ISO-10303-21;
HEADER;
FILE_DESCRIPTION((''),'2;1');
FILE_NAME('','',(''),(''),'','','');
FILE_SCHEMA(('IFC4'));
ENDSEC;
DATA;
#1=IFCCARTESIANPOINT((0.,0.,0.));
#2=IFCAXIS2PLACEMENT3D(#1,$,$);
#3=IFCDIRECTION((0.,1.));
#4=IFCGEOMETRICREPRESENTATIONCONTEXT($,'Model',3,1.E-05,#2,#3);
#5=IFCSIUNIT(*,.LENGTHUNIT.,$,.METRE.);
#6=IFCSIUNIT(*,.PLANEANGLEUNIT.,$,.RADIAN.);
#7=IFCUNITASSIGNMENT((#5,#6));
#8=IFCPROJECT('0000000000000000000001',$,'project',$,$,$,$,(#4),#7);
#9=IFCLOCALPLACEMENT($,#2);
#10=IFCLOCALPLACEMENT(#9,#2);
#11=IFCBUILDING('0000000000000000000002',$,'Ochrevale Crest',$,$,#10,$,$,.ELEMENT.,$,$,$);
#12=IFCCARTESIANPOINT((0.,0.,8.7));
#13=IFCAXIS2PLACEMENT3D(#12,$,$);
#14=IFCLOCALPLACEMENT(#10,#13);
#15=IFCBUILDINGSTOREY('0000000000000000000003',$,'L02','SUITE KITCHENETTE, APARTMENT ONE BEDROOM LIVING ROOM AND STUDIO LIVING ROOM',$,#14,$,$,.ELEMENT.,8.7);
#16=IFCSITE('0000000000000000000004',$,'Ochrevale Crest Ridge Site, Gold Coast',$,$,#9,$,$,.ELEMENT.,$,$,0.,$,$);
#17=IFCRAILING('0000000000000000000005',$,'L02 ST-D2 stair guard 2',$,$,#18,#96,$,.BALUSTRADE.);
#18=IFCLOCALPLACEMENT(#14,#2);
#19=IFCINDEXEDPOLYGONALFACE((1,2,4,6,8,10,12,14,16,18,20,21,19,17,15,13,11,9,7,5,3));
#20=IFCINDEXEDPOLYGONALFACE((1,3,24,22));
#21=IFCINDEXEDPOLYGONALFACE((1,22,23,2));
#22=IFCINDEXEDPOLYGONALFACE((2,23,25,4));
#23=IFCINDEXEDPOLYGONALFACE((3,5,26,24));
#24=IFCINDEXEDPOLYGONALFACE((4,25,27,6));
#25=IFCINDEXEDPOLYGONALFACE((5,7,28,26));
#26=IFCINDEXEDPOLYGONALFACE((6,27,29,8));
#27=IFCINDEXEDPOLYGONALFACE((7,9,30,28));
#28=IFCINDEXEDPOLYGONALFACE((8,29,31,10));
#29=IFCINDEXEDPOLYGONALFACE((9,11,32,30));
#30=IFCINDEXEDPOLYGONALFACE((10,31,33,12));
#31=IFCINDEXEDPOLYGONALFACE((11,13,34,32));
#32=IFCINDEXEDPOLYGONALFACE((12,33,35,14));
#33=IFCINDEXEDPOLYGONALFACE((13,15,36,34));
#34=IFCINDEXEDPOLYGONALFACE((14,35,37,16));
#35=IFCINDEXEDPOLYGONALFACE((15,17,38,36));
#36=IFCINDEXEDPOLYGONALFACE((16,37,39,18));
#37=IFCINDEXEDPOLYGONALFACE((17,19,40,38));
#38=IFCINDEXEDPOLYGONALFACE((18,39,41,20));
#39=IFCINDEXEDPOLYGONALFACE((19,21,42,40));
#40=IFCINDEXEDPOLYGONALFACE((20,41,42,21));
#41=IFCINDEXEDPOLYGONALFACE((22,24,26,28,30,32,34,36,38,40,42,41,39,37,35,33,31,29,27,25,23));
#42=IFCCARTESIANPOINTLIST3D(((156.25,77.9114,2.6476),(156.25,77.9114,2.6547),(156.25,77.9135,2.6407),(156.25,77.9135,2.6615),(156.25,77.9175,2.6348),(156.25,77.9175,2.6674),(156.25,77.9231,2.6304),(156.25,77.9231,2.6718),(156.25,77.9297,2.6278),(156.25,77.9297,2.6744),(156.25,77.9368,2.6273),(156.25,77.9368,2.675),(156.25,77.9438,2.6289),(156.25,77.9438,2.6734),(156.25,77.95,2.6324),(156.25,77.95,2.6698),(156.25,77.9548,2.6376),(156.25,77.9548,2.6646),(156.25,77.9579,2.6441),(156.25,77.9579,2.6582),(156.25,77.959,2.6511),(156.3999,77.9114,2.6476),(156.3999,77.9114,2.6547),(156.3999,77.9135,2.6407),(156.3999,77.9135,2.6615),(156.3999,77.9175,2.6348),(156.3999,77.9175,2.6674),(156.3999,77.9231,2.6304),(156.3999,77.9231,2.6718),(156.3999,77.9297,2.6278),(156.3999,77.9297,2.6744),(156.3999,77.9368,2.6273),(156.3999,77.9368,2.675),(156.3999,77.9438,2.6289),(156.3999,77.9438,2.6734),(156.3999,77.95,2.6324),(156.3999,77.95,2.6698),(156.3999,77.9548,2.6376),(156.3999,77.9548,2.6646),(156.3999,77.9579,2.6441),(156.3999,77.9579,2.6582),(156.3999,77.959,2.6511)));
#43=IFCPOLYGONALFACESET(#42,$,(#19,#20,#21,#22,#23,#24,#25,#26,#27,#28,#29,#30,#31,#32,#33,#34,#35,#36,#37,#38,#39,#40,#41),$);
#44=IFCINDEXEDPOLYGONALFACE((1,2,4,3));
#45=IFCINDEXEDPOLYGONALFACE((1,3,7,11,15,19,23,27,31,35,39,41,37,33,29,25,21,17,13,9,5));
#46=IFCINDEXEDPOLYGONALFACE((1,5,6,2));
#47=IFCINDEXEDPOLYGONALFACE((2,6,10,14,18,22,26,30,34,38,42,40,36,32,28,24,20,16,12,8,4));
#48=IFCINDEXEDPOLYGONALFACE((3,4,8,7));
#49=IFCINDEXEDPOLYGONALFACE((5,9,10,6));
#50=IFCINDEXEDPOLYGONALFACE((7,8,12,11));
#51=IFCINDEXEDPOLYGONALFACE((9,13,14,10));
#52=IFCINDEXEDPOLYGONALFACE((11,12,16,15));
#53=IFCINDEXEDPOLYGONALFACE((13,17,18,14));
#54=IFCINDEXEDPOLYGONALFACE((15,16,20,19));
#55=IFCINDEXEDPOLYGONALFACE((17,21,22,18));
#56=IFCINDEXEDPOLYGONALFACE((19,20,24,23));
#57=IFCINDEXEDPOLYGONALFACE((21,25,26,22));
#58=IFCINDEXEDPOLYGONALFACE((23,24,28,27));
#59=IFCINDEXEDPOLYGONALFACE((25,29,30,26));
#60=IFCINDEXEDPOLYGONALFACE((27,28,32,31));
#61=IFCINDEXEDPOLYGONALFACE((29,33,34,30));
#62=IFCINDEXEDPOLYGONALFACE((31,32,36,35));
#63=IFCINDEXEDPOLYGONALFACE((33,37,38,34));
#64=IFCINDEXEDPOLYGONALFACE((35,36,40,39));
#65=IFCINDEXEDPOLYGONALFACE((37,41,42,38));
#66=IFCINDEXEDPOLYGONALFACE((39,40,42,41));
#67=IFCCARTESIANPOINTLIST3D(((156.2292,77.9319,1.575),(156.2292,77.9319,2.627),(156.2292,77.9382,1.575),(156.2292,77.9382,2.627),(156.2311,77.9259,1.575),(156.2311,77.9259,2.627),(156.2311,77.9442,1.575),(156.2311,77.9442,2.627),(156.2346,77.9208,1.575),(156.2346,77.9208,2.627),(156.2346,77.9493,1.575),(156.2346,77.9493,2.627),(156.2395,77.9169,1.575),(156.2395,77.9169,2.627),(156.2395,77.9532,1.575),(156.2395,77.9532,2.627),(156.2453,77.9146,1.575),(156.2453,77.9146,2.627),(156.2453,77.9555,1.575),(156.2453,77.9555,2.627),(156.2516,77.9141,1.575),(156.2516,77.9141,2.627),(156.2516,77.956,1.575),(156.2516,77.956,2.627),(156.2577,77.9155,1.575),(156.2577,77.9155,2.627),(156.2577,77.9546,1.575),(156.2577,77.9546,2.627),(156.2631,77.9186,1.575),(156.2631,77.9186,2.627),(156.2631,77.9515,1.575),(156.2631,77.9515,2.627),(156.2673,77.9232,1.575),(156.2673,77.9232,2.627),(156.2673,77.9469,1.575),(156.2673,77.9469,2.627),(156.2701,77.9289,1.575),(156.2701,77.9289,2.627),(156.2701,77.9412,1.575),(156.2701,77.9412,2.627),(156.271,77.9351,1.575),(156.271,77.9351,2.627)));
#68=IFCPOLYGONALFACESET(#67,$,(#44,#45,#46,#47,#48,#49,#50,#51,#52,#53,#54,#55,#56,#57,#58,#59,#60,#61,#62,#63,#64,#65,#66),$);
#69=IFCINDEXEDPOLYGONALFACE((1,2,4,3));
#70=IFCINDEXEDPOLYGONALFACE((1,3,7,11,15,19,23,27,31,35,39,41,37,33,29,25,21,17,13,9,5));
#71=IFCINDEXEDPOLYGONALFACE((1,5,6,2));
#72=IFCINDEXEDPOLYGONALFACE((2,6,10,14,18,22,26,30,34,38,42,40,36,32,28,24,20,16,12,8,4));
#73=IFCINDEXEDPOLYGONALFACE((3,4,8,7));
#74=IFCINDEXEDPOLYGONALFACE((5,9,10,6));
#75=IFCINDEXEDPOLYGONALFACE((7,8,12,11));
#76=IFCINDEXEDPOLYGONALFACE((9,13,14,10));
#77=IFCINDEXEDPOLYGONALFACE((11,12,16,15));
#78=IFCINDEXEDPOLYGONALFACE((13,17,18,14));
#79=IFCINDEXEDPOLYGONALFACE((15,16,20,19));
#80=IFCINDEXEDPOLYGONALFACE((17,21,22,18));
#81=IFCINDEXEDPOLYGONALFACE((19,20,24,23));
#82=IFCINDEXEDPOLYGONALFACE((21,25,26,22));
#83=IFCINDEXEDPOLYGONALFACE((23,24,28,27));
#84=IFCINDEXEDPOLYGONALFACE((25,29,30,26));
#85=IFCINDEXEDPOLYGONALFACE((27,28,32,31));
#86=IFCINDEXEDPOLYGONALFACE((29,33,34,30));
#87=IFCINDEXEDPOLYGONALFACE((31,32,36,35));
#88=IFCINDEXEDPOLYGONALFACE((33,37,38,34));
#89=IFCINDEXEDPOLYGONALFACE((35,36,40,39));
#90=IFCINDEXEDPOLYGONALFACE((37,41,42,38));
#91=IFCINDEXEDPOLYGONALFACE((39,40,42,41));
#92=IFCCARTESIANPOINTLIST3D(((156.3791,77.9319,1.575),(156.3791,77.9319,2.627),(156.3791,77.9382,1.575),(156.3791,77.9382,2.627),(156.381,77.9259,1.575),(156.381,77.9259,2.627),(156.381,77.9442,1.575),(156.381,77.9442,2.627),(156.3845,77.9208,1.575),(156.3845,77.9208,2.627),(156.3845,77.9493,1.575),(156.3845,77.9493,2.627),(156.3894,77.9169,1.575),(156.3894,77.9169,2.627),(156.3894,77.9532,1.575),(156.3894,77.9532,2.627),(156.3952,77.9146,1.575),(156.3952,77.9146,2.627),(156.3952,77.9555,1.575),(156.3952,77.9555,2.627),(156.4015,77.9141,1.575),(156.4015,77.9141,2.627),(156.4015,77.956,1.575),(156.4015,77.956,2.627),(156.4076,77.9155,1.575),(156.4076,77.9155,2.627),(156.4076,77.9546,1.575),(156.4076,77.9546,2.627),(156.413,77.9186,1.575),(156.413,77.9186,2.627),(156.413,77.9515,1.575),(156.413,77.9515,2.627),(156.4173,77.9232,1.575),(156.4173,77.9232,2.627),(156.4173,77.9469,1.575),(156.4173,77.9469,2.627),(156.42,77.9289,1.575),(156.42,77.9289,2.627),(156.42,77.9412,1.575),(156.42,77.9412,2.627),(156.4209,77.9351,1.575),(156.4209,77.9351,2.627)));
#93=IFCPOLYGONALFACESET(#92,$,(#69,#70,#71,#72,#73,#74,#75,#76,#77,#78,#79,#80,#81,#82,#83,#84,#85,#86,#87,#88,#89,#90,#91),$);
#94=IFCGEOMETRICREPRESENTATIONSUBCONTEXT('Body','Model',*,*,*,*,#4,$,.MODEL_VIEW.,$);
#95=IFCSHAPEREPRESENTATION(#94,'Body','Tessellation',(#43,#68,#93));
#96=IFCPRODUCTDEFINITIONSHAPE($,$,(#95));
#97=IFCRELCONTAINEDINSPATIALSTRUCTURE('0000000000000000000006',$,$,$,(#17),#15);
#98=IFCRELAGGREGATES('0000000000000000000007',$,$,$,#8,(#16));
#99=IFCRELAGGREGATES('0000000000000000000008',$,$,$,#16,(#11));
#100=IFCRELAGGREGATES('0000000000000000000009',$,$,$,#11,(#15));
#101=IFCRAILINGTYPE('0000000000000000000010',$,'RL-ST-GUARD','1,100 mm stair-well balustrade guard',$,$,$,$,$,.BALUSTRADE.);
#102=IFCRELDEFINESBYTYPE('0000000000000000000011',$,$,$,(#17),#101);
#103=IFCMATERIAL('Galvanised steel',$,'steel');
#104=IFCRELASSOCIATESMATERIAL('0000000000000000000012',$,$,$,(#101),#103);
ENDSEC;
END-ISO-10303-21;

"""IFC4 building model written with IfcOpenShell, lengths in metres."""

from ifc_helpers import new_model, si_unit, direction, frame, origin, origin_2d, place, context, subcontext, project, spatial, circle, extrude, material, type_object, element, save


model = new_model("IFC4")

# Units and contexts
model_context = context("Model", 3, precision=1e-05, world=origin(), true_north=direction((0.0, 1.0)))
body_context = subcontext(model_context, "Body", "Model", "MODEL_VIEW")
ifc_project = project(units=[si_unit("LENGTHUNIT", "METRE"), si_unit("PLANEANGLEUNIT", "RADIAN")], contexts=[model_context])

# Site, building, storey
site_placement = place(None, origin())
site = spatial("IfcSite", under=ifc_project, at=site_placement, Name="Ochrevale Crest Ridge Site, Gold Coast", CompositionType="ELEMENT", RefElevation=0.0)
building_placement = place(site_placement, origin())
building = spatial("IfcBuilding", under=site, at=building_placement, Name="Ochrevale Crest", CompositionType="ELEMENT")
storey_placement = place(building_placement, frame((0.0, 0.0, 8.7)))
storey = spatial("IfcBuildingStorey", under=building, at=storey_placement, Name="L02", Description="SUITE KITCHENETTE, APARTMENT ONE BEDROOM LIVING ROOM AND STUDIO LIVING ROOM", CompositionType="ELEMENT", Elevation=8.7)

# Railing
ifc_material_1 = material(Name="Galvanised steel", Category="steel")
railing_type_1 = type_object("IfcRailingType", Name="RL-ST-GUARD", Description="1,100 mm stair-well balustrade guard", PredefinedType="BALUSTRADE", material=ifc_material_1)
railing_1_placement = place(storey_placement, frame((156.25, 77.9351, 1.575)))
element("IfcRailing", 1, at=railing_1_placement, inside=storey, type_object=railing_type_1, Name="L02 ST-D2 stair guard 2", PredefinedType="BALUSTRADE", context=body_context, shape_type="SweptSolid", body=[
    extrude(circle(Radius=0.0239, at=origin_2d()), frame((0.0, 0.0, 1.0762), z_axis=(1.0, 0.0, 0.0), x_axis=(0.0, 1.0, 0.0)), (0.0, 0.0, 1.0), 0.1499),
    extrude(circle(Radius=0.021, at=origin_2d()), origin(), (0.0, 0.0, 1.0), 1.052),
    extrude(circle(Radius=0.021, at=origin_2d()), frame((0.1499, 0.0, 0.0)), (0.0, 0.0, 1.0), 1.052),
])

save(model, "model.ifc")
